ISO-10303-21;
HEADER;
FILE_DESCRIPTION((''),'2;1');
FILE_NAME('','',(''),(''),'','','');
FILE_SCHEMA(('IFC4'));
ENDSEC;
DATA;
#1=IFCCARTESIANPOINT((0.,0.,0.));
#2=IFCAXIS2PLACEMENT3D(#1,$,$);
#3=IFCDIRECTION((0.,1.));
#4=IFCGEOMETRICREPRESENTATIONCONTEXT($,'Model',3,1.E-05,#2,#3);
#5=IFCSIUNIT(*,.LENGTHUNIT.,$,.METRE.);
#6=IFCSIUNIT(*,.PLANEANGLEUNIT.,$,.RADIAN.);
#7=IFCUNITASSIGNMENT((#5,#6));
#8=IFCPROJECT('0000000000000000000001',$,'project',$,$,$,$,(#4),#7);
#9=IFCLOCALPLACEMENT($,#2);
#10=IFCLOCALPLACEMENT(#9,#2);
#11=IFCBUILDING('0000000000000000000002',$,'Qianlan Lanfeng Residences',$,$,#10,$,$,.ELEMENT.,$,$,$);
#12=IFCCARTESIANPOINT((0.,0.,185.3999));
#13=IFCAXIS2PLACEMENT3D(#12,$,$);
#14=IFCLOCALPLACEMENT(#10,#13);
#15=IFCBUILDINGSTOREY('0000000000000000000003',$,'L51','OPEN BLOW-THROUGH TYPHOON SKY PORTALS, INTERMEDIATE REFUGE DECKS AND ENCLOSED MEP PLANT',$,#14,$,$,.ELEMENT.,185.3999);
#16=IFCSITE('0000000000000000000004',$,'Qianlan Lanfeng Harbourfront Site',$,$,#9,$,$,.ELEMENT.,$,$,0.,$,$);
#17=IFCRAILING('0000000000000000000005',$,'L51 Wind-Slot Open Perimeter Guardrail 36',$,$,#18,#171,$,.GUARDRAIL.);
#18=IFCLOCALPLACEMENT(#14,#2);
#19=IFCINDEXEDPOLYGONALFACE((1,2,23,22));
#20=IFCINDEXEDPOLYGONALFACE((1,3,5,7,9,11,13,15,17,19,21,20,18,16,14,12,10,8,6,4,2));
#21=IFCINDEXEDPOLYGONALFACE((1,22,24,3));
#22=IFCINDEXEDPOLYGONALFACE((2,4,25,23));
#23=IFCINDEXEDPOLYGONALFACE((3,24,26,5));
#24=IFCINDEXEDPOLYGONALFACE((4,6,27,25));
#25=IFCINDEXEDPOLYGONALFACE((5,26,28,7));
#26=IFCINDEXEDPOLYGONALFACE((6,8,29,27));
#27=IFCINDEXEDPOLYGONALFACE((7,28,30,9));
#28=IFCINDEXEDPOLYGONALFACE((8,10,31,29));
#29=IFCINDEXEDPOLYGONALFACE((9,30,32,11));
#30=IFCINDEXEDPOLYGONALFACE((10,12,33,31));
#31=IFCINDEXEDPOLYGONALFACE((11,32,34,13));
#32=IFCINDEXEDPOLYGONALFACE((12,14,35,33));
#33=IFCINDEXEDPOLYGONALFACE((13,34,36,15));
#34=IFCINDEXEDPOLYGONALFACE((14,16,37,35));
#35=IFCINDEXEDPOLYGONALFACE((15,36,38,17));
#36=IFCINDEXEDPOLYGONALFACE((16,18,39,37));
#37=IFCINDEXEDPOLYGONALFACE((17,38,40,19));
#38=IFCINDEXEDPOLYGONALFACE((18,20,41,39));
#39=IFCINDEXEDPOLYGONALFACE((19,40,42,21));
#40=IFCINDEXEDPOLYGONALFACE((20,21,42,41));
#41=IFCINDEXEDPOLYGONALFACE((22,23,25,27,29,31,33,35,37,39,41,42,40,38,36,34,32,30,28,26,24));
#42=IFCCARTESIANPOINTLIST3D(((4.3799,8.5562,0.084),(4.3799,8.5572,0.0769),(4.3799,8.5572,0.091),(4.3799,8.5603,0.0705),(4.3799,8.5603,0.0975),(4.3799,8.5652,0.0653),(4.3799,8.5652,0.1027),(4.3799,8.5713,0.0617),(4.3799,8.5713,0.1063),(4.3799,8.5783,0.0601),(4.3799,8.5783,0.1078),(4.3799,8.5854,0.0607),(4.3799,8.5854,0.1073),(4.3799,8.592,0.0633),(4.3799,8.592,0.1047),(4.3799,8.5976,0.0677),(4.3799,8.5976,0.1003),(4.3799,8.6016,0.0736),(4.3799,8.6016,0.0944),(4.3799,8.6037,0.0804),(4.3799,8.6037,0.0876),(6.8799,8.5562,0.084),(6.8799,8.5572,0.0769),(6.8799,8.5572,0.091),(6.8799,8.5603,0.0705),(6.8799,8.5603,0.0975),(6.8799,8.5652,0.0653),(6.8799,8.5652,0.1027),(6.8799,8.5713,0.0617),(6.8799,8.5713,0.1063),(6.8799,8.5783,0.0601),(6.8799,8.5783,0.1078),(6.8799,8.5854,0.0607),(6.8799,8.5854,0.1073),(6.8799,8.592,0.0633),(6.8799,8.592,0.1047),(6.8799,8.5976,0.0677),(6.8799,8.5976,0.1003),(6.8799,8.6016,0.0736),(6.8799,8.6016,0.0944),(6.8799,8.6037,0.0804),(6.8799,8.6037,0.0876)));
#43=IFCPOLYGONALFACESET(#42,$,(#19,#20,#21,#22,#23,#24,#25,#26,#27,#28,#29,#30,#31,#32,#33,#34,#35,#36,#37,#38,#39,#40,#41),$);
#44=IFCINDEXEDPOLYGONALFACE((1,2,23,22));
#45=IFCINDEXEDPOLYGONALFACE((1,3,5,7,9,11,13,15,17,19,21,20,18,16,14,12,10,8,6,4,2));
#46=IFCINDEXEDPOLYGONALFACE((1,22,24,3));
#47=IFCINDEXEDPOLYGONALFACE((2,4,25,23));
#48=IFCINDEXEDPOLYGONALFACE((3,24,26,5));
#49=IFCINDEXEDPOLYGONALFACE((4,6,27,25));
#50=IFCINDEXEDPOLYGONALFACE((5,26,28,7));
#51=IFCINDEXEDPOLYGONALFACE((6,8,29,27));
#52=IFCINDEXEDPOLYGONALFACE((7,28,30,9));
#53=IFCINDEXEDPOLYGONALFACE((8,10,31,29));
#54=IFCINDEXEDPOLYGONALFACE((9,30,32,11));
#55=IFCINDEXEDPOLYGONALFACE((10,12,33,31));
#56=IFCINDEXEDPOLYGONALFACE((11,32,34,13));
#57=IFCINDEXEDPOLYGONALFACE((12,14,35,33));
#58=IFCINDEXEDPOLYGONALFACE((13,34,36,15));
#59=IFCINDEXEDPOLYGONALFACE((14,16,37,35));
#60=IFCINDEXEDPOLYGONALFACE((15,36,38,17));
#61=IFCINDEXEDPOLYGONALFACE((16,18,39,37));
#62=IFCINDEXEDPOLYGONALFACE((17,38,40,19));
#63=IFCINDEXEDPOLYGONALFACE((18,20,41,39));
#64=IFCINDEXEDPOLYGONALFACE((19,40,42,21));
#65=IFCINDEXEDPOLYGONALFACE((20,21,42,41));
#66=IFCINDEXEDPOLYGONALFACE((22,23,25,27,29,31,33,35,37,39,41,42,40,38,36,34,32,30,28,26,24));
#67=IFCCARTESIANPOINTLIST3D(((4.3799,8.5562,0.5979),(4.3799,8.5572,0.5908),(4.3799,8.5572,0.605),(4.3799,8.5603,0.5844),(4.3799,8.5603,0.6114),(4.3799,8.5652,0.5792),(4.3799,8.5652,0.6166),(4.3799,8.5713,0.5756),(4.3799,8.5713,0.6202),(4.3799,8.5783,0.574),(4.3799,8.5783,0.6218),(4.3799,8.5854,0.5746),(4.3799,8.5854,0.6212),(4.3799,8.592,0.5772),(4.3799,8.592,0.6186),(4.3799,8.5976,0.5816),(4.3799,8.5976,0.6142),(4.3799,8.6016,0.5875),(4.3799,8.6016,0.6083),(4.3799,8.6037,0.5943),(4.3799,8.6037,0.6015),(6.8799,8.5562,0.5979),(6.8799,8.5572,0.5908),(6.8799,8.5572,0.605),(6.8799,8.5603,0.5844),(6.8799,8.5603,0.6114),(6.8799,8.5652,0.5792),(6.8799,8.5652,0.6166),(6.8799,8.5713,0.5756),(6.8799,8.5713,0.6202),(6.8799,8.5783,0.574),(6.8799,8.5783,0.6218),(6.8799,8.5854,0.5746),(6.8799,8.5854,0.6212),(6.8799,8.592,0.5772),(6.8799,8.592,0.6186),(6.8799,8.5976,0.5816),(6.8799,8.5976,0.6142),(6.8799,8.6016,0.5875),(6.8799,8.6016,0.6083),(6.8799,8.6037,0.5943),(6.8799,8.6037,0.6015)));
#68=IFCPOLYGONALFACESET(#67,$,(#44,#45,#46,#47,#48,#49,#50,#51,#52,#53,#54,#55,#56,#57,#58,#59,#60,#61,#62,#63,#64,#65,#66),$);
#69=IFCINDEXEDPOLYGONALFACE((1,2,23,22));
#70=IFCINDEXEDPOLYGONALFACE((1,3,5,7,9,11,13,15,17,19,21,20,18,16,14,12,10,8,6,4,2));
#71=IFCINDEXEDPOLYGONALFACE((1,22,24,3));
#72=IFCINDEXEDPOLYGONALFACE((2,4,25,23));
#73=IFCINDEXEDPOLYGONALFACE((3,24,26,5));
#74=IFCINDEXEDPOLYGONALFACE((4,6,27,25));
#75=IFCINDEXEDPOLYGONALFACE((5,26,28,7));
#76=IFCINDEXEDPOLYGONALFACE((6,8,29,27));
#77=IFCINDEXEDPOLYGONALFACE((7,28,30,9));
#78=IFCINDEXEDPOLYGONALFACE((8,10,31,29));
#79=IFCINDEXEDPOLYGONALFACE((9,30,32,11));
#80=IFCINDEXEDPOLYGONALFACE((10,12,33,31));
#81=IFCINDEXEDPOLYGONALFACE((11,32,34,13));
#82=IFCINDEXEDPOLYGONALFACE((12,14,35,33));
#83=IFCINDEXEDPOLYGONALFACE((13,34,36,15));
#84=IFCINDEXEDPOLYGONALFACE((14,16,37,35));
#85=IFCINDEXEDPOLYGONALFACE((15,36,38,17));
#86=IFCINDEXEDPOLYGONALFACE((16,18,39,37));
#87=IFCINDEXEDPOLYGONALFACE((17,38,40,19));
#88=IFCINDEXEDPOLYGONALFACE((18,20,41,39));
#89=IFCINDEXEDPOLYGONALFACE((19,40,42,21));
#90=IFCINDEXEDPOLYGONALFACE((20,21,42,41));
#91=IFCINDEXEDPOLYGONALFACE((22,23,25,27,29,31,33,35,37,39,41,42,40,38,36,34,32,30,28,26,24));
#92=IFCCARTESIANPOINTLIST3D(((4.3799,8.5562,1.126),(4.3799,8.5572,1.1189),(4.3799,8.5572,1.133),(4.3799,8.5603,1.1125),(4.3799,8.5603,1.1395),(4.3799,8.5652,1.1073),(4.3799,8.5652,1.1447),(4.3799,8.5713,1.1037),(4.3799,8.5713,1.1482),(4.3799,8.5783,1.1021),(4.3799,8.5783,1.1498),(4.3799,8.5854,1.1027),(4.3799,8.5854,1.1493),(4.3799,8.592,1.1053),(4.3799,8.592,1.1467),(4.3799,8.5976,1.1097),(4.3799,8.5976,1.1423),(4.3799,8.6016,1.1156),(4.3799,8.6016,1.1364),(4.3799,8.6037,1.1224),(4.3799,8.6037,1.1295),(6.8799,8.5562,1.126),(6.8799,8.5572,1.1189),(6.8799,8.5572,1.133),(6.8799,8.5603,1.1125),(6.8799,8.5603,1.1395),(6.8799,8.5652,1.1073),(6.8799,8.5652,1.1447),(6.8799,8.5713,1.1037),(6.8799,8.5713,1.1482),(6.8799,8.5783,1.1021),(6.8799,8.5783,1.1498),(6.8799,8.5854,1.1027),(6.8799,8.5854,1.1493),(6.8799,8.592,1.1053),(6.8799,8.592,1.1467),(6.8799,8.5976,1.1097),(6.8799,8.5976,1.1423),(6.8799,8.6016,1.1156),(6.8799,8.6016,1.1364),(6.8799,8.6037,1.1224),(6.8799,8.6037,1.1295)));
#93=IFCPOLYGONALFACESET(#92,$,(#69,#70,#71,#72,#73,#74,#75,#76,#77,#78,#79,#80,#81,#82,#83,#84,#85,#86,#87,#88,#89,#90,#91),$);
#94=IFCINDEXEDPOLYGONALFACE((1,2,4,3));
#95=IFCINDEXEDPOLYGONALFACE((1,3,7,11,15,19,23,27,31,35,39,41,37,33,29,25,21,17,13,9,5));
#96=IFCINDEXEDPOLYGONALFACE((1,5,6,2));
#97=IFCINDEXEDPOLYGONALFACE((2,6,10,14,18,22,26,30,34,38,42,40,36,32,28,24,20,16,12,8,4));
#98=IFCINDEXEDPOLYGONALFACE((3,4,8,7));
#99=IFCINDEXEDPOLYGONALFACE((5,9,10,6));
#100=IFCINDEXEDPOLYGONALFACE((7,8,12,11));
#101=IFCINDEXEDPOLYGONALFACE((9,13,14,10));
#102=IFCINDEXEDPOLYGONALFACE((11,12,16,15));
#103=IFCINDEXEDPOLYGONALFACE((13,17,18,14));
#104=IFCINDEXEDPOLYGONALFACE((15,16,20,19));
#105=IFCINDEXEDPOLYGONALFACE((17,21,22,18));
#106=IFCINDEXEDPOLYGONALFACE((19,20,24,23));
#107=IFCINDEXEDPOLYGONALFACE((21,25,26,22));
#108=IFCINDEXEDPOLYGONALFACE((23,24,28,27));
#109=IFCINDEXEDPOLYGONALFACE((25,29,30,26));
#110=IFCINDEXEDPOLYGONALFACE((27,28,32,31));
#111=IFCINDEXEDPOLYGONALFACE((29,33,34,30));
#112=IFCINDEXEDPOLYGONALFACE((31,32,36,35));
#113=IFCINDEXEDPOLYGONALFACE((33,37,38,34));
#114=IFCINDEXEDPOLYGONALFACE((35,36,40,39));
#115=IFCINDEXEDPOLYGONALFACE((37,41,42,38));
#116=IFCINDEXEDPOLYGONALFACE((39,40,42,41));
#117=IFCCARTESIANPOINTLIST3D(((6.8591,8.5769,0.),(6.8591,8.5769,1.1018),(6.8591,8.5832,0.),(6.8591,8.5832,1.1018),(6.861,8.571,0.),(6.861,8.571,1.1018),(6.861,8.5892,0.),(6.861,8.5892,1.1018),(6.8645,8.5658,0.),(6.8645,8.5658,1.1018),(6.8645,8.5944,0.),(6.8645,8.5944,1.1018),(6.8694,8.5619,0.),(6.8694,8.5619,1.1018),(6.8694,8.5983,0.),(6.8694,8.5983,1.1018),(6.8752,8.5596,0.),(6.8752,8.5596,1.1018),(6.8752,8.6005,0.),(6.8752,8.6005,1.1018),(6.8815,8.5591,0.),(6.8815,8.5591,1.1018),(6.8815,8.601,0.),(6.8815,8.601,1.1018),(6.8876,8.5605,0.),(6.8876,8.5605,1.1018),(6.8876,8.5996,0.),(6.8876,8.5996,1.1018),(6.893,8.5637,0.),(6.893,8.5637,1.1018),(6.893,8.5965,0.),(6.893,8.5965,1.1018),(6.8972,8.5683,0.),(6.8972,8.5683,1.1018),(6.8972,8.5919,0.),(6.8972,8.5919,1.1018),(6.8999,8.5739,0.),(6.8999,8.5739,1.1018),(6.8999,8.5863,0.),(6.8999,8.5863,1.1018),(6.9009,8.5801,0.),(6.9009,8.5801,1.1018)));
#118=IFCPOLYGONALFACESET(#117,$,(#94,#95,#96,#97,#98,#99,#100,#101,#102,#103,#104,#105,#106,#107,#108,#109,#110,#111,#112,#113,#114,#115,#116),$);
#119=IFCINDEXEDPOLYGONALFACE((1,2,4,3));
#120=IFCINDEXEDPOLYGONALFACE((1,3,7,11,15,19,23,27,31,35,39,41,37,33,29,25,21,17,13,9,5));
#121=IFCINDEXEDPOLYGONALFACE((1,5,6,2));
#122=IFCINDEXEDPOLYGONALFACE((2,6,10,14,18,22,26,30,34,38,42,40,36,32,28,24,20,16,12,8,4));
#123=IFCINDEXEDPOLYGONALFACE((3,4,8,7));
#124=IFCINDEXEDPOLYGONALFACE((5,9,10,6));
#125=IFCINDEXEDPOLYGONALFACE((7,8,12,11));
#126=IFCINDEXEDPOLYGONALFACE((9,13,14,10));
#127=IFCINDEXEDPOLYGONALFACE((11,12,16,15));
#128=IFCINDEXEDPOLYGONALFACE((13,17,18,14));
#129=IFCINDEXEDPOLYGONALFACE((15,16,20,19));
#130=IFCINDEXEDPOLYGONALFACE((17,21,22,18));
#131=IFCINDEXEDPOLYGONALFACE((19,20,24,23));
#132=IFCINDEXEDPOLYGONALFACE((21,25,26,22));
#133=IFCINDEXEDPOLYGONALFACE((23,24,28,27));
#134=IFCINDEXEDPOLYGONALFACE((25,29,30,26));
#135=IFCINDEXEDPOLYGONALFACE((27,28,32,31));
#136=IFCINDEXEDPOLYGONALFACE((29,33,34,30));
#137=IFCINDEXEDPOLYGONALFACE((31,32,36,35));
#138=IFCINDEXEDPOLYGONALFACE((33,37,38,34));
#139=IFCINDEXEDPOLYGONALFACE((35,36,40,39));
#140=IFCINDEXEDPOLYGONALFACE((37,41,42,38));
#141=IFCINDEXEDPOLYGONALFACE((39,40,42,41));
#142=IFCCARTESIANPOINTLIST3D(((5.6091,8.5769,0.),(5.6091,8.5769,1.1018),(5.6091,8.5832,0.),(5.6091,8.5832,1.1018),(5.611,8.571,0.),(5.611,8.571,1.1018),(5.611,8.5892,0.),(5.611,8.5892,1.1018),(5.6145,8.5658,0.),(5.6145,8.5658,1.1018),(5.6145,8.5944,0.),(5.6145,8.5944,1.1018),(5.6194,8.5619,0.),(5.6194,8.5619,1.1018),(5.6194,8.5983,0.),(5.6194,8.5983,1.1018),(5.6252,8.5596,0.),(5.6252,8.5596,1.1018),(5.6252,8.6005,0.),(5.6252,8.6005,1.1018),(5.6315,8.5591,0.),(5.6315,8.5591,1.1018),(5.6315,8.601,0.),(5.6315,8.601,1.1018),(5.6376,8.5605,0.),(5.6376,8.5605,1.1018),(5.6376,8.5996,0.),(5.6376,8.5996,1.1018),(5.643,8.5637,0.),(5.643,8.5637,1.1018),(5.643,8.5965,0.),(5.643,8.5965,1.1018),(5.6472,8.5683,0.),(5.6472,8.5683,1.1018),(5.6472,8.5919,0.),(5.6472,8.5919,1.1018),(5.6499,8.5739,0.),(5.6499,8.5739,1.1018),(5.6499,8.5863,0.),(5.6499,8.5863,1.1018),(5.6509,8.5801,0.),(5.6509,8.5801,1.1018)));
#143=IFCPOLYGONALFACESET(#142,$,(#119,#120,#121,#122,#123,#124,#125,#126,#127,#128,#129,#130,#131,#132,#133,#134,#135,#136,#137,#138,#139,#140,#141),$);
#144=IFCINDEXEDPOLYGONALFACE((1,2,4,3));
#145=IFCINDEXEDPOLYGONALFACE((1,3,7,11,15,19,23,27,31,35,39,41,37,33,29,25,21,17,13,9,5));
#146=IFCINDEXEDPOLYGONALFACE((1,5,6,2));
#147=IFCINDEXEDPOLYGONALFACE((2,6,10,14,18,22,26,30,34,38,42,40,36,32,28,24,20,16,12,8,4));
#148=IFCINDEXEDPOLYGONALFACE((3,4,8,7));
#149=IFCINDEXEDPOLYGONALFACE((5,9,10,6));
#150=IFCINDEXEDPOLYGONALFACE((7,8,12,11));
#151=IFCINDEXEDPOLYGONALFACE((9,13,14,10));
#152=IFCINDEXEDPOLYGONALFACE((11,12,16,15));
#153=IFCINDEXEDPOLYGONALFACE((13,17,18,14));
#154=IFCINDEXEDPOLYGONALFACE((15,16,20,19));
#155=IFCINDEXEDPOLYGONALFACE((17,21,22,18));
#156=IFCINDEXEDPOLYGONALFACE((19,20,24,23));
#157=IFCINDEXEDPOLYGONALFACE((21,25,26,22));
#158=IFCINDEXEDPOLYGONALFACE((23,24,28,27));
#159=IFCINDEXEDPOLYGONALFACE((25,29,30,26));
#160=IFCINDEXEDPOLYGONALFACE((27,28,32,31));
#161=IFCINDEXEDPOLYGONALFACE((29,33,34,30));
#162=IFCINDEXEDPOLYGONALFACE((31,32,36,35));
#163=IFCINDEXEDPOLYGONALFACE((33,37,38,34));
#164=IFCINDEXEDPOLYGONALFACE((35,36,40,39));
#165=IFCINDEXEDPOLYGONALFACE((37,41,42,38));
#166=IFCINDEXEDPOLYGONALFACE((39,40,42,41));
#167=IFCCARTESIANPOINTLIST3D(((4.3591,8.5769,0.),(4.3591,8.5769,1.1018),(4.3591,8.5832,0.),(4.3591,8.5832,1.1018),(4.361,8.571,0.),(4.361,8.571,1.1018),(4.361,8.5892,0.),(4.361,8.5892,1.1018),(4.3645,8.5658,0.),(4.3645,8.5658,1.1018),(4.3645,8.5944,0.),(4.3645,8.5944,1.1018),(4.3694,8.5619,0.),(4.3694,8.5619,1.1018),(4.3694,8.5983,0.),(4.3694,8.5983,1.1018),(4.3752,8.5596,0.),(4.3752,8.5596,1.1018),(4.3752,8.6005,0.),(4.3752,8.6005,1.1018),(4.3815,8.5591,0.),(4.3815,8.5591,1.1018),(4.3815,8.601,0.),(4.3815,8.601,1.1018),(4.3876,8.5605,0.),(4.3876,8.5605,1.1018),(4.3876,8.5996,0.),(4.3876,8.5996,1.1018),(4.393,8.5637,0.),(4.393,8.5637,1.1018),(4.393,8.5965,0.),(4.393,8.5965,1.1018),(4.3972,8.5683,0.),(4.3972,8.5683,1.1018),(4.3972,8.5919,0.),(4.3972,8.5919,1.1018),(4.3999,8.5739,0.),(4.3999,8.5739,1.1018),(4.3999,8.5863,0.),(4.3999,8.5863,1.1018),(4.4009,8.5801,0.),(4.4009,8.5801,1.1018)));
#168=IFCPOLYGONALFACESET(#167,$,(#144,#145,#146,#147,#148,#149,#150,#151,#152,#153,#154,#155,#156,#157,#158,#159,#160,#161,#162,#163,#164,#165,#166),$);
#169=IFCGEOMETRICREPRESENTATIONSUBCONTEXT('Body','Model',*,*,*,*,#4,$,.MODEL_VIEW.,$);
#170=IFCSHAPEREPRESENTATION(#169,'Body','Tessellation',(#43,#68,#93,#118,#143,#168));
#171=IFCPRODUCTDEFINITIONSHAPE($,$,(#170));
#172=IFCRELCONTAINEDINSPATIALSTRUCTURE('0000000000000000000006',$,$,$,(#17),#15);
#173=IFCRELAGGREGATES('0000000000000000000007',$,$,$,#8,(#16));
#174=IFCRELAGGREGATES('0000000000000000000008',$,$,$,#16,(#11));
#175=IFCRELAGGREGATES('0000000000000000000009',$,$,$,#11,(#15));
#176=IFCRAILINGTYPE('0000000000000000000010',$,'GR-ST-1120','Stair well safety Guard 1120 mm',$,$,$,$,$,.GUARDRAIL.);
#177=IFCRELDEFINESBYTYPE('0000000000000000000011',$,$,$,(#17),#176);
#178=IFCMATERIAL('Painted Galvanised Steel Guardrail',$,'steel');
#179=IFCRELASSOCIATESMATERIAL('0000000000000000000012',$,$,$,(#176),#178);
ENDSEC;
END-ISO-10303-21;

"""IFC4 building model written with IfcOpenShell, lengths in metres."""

from ifc_helpers import new_model, si_unit, direction, frame, origin, origin_2d, place, context, subcontext, project, spatial, circle, extrude, material, type_object, element, save


model = new_model("IFC4")

# Units and contexts
model_context = context("Model", 3, precision=1e-05, world=origin(), true_north=direction((0.0, 1.0)))
body_context = subcontext(model_context, "Body", "Model", "MODEL_VIEW")
ifc_project = project(units=[si_unit("LENGTHUNIT", "METRE"), si_unit("PLANEANGLEUNIT", "RADIAN")], contexts=[model_context])

# Site, building, storey
site_placement = place(None, origin())
site = spatial("IfcSite", under=ifc_project, at=site_placement, Name="Qianlan Lanfeng Harbourfront Site", CompositionType="ELEMENT", RefElevation=0.0)
building_placement = place(site_placement, origin())
building = spatial("IfcBuilding", under=site, at=building_placement, Name="Qianlan Lanfeng Residences", CompositionType="ELEMENT")
storey_placement = place(building_placement, frame((0.0, 0.0, 185.3999)))
storey = spatial("IfcBuildingStorey", under=building, at=storey_placement, Name="L51", Description="OPEN BLOW-THROUGH TYPHOON SKY PORTALS, INTERMEDIATE REFUGE DECKS AND ENCLOSED MEP PLANT", CompositionType="ELEMENT", Elevation=185.3999)

# Railing
ifc_material_1 = material(Name="Painted Galvanised Steel Guardrail", Category="steel")
railing_type = type_object("IfcRailingType", Name="GR-ST-1120", Description="Stair well safety Guard 1120 mm", PredefinedType="GUARDRAIL", material=ifc_material_1)
railing_1_placement = place(storey_placement, frame((6.8799, 8.5801, 0.0)))
element("IfcRailing", 1, at=railing_1_placement, inside=storey, type_object=railing_type, Name="L51 Wind-Slot Open Perimeter Guardrail 36", PredefinedType="GUARDRAIL", context=body_context, shape_type="SweptSolid", body=[
    extrude(circle(Radius=0.0239, at=origin_2d()), frame((0.0, 0.0, 0.084), z_axis=(-1.0, 0.0, 0.0), x_axis=(0.0, -1.0, 0.0)), (0.0, 0.0, 1.0), 2.5),
    extrude(circle(Radius=0.0239, at=origin_2d()), frame((0.0, 0.0, 0.5979), z_axis=(-1.0, 0.0, 0.0), x_axis=(0.0, -1.0, 0.0)), (0.0, 0.0, 1.0), 2.5),
    extrude(circle(Radius=0.0239, at=origin_2d()), frame((0.0, 0.0, 1.126), z_axis=(-1.0, 0.0, 0.0), x_axis=(0.0, -1.0, 0.0)), (0.0, 0.0, 1.0), 2.5),
    extrude(circle(Radius=0.021, at=origin_2d()), origin(), (0.0, 0.0, 1.0), 1.1018),
    extrude(circle(Radius=0.021, at=origin_2d()), frame((-1.25, 0.0, 0.0)), (0.0, 0.0, 1.0), 1.1018),
    extrude(circle(Radius=0.021, at=origin_2d()), frame((-2.5, 0.0, 0.0)), (0.0, 0.0, 1.0), 1.1018),
])

save(model, "model.ifc")
